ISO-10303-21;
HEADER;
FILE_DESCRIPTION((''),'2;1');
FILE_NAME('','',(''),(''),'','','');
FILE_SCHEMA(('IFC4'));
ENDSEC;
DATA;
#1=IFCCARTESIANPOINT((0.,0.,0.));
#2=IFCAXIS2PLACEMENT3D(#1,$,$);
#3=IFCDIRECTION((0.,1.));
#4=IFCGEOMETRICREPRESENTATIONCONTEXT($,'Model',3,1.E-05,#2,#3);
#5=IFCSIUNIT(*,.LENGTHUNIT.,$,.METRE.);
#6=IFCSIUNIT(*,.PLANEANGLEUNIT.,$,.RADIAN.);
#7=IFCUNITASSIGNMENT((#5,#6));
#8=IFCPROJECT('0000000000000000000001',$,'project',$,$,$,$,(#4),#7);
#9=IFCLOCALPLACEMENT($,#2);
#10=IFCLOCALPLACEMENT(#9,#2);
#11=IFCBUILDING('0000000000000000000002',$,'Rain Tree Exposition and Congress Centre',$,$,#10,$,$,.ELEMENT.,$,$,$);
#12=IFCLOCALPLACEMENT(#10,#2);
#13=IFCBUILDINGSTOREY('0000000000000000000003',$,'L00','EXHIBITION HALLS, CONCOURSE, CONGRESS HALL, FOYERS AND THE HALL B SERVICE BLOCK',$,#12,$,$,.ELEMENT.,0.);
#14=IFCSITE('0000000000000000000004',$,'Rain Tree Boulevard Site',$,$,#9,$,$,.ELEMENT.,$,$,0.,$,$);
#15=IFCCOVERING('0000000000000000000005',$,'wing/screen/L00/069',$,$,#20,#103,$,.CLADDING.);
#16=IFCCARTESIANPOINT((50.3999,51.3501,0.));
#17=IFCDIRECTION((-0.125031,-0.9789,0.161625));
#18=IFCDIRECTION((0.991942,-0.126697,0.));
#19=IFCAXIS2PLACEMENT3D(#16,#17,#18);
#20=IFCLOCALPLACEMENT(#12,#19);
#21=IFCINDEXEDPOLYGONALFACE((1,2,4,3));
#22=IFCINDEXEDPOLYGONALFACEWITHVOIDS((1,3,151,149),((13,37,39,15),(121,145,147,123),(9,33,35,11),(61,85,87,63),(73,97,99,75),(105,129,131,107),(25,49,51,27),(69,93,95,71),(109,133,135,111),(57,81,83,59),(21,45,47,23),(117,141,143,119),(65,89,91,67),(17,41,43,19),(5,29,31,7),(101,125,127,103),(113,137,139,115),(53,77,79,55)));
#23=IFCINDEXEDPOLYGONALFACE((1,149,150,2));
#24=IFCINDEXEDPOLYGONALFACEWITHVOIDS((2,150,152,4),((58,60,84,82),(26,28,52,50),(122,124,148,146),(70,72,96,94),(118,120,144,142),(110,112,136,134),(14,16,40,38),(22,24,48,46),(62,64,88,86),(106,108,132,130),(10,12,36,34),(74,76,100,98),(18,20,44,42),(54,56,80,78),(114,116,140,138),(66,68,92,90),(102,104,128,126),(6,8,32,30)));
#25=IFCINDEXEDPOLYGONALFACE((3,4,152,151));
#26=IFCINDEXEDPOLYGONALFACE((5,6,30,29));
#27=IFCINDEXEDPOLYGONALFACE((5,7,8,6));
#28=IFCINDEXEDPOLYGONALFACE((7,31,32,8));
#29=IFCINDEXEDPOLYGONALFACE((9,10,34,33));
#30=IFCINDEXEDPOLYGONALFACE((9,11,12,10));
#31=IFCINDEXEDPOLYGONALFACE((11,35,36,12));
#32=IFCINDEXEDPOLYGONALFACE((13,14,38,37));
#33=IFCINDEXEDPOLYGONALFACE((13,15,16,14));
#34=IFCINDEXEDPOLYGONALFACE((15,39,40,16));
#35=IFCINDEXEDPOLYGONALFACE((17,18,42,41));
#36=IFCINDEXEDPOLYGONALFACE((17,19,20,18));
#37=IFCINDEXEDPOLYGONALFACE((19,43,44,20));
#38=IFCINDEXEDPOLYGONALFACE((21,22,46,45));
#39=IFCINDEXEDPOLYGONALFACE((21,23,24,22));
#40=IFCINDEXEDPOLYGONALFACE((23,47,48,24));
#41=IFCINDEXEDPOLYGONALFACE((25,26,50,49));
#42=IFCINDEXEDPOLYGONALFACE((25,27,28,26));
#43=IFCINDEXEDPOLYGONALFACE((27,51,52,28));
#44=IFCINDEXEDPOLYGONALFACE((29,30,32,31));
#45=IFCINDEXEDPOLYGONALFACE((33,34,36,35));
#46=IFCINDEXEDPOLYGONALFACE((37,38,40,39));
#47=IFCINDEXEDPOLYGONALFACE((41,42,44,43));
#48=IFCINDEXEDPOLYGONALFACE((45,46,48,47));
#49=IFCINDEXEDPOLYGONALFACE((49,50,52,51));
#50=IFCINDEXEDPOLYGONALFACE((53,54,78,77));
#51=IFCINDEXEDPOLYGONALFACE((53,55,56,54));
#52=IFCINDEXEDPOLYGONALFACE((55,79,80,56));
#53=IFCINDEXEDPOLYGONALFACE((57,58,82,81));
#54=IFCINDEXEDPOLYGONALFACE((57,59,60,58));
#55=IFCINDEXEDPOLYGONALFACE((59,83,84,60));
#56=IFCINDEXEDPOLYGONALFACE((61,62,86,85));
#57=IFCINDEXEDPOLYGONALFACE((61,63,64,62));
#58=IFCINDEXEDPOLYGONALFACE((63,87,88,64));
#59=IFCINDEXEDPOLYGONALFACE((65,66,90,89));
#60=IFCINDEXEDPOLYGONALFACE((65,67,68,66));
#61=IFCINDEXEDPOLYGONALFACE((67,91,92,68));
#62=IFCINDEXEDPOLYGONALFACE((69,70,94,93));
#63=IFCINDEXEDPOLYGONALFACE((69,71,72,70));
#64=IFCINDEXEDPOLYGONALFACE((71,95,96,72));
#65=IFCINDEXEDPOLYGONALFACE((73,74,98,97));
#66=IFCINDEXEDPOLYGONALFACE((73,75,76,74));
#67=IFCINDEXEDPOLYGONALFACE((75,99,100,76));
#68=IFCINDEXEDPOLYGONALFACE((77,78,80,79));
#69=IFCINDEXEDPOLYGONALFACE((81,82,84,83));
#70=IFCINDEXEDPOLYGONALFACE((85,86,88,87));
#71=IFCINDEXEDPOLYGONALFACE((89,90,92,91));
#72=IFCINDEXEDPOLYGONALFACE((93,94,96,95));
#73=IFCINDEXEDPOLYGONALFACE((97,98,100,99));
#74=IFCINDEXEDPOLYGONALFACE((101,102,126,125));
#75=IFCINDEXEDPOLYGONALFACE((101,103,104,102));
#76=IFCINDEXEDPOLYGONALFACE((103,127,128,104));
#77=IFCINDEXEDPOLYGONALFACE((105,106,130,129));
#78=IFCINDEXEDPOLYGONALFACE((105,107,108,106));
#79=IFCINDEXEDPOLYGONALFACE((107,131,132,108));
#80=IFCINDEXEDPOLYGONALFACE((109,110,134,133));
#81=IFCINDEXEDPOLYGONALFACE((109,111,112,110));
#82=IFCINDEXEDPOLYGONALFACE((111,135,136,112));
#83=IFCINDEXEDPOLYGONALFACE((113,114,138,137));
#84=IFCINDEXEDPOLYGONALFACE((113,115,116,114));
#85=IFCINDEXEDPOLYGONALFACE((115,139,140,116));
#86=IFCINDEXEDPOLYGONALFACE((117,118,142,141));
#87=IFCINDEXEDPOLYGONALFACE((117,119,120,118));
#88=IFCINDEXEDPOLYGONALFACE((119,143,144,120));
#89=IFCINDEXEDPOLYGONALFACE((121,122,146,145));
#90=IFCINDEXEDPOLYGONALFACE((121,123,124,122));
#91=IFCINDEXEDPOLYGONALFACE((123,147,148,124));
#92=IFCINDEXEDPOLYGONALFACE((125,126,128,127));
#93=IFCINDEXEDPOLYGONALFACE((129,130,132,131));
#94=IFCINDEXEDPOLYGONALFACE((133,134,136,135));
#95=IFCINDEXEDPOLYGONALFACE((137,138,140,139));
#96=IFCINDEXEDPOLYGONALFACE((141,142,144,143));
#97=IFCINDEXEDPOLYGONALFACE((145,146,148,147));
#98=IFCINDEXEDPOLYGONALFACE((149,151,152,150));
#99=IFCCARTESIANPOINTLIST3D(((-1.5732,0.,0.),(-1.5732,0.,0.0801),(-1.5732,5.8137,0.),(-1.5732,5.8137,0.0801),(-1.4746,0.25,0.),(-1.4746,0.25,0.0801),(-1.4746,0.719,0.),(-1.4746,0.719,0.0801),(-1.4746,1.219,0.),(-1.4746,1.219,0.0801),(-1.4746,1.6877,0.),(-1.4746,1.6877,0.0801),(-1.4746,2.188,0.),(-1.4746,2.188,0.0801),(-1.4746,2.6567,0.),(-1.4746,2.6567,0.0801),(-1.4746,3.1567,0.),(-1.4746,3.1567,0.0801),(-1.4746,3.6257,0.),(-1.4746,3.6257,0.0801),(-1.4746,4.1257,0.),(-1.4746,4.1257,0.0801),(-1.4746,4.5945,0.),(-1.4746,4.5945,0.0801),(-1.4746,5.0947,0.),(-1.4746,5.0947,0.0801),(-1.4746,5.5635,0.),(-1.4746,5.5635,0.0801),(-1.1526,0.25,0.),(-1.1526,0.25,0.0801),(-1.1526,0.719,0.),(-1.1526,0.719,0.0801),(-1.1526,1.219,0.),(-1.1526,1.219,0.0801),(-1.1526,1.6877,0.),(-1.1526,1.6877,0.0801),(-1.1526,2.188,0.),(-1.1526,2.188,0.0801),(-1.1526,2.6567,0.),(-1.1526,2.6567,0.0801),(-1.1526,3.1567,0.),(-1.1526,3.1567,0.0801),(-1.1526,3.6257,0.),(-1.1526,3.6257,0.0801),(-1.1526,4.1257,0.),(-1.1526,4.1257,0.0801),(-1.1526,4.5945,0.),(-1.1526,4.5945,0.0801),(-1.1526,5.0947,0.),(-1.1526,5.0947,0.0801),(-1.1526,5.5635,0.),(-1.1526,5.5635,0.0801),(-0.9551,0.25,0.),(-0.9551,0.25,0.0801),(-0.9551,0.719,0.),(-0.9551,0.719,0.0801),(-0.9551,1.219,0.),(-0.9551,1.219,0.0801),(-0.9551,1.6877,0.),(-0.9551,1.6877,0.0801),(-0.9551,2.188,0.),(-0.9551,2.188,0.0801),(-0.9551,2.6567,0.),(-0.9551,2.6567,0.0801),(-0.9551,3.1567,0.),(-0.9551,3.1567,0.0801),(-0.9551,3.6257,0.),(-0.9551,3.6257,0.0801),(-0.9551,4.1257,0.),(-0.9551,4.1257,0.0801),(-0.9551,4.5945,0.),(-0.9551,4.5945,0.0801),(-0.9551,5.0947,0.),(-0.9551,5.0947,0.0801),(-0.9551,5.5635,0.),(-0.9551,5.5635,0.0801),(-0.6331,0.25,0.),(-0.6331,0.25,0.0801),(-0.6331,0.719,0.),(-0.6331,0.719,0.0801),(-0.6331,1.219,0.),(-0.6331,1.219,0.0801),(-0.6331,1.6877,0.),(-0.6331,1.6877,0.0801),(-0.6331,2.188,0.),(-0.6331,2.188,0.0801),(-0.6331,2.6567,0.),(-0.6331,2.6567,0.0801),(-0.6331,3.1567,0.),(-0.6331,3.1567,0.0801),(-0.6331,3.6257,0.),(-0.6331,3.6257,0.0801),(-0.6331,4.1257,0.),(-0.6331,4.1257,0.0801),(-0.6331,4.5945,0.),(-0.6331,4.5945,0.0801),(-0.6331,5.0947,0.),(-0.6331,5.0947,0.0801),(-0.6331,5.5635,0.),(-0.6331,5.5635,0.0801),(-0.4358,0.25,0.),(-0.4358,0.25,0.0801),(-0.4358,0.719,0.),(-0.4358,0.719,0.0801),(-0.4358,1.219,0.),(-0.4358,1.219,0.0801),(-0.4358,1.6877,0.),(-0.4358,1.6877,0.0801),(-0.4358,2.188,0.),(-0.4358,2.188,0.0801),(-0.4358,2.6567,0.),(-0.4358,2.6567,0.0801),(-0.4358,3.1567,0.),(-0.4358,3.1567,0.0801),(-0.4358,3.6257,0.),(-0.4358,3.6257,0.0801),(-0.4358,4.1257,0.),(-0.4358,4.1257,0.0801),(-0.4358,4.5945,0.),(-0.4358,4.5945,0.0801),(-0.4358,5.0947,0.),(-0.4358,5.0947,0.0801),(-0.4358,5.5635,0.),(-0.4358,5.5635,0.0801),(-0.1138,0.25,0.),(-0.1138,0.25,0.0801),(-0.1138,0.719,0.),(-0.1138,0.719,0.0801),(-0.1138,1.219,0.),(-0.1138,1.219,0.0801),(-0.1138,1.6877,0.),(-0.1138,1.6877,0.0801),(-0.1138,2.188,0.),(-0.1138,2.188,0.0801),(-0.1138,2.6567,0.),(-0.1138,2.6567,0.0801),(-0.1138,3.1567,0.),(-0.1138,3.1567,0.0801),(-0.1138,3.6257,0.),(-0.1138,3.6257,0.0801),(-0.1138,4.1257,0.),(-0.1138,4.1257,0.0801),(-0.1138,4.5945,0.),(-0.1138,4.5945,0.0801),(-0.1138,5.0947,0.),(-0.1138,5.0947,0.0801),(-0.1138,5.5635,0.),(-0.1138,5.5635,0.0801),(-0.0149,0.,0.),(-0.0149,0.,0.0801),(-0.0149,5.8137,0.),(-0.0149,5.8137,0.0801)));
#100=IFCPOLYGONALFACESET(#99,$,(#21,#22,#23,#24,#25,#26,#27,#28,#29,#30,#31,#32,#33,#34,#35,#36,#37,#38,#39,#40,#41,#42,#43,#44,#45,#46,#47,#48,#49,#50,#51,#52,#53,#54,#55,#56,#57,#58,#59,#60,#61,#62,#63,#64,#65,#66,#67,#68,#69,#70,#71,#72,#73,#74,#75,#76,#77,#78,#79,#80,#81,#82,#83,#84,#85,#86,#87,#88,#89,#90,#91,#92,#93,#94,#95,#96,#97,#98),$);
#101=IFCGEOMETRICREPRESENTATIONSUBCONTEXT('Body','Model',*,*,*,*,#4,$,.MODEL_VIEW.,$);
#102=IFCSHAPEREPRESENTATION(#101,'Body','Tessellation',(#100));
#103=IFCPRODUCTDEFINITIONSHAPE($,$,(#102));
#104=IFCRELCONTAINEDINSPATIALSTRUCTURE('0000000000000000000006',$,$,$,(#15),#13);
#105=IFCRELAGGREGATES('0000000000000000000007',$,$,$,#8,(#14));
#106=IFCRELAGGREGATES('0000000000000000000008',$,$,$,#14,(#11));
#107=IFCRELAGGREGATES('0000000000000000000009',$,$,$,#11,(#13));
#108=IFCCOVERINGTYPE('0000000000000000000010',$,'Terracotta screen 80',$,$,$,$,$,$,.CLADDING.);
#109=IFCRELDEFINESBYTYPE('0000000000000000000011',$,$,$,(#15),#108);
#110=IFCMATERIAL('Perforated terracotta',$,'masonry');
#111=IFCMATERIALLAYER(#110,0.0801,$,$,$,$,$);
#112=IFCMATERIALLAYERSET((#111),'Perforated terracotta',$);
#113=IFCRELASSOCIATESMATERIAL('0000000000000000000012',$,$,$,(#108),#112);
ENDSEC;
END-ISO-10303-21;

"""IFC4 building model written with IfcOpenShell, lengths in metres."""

from ifc_helpers import new_model, si_unit, direction, frame, origin, place, context, subcontext, project, spatial, polyline, outline, extrude, material, layer, layer_set, type_object, element, save


model = new_model("IFC4")

# Units and contexts
model_context = context("Model", 3, precision=1e-05, world=origin(), true_north=direction((0.0, 1.0)))
body_context = subcontext(model_context, "Body", "Model", "MODEL_VIEW")
ifc_project = project(units=[si_unit("LENGTHUNIT", "METRE"), si_unit("PLANEANGLEUNIT", "RADIAN")], contexts=[model_context])

# Site, building, storey
site_placement = place(None, origin())
site = spatial("IfcSite", under=ifc_project, at=site_placement, Name="Rain Tree Boulevard Site", CompositionType="ELEMENT", RefElevation=0.0)
building_placement = place(site_placement, origin())
building = spatial("IfcBuilding", under=site, at=building_placement, Name="Rain Tree Exposition and Congress Centre", CompositionType="ELEMENT")
storey_placement = place(building_placement, origin())
storey = spatial("IfcBuildingStorey", under=building, at=storey_placement, Name="L00", Description="EXHIBITION HALLS, CONCOURSE, CONGRESS HALL, FOYERS AND THE HALL B SERVICE BLOCK", CompositionType="ELEMENT", Elevation=0.0)

# Covering
ifc_material_1 = material(Name="Perforated terracotta", Category="masonry")
ifc_layer_1 = layer(ifc_material_1, 0.0801)
ifc_layer_set_1 = layer_set([ifc_layer_1], Name="Perforated terracotta")
covering_type = type_object("IfcCoveringType", Name="Terracotta screen 80", PredefinedType="CLADDING", material=ifc_layer_set_1)
covering_1_placement = place(storey_placement, frame((50.3999, 51.3501, 0.0), z_axis=(-0.125031, -0.9789, 0.161625), x_axis=(0.991942, -0.126697, 0.0)))
element("IfcCovering", 1, at=covering_1_placement, inside=storey, type_object=covering_type, Name="wing/screen/L00/069", PredefinedType="CLADDING", context=body_context, shape_type="SweptSolid", body=[
    extrude(outline(polyline([(-0.0149, 5.8137), (-0.0149, 0.0), (-1.5732, 0.0), (-1.5732, 5.8137), (-0.0149, 5.8137)]), holes=[polyline([(-0.1138, 0.25), (-0.1138, 0.719), (-0.4358, 0.719), (-0.4358, 0.25), (-0.1138, 0.25)]), polyline([(-0.1138, 1.219), (-0.1138, 1.6877), (-0.4358, 1.6877), (-0.4358, 1.219), (-0.1138, 1.219)]), polyline([(-0.1138, 2.188), (-0.1138, 2.6567), (-0.4358, 2.6567), (-0.4358, 2.188), (-0.1138, 2.188)]), polyline([(-0.1138, 3.1567), (-0.1138, 3.6257), (-0.4358, 3.6257), (-0.4358, 3.1567), (-0.1138, 3.1567)]), polyline([(-0.1138, 4.1257), (-0.1138, 4.5945), (-0.4358, 4.5945), (-0.4358, 4.1257), (-0.1138, 4.1257)]), polyline([(-0.1138, 5.0947), (-0.1138, 5.5635), (-0.4358, 5.5635), (-0.4358, 5.0947), (-0.1138, 5.0947)]), polyline([(-0.6331, 0.25), (-0.6331, 0.719), (-0.9551, 0.719), (-0.9551, 0.25), (-0.6331, 0.25)]), polyline([(-0.6331, 1.219), (-0.6331, 1.6877), (-0.9551, 1.6877), (-0.9551, 1.219), (-0.6331, 1.219)]), polyline([(-0.6331, 2.188), (-0.6331, 2.6567), (-0.9551, 2.6567), (-0.9551, 2.188), (-0.6331, 2.188)]), polyline([(-0.6331, 3.1567), (-0.6331, 3.6257), (-0.9551, 3.6257), (-0.9551, 3.1567), (-0.6331, 3.1567)]), polyline([(-0.6331, 4.1257), (-0.6331, 4.5945), (-0.9551, 4.5945), (-0.9551, 4.1257), (-0.6331, 4.1257)]), polyline([(-0.6331, 5.0947), (-0.6331, 5.5635), (-0.9551, 5.5635), (-0.9551, 5.0947), (-0.6331, 5.0947)]), polyline([(-1.1526, 0.25), (-1.1526, 0.719), (-1.4746, 0.719), (-1.4746, 0.25), (-1.1526, 0.25)]), polyline([(-1.1526, 1.219), (-1.1526, 1.6877), (-1.4746, 1.6877), (-1.4746, 1.219), (-1.1526, 1.219)]), polyline([(-1.1526, 2.188), (-1.1526, 2.6567), (-1.4746, 2.6567), (-1.4746, 2.188), (-1.1526, 2.188)]), polyline([(-1.1526, 3.1567), (-1.1526, 3.6257), (-1.4746, 3.6257), (-1.4746, 3.1567), (-1.1526, 3.1567)]), polyline([(-1.1526, 4.1257), (-1.1526, 4.5945), (-1.4746, 4.5945), (-1.4746, 4.1257), (-1.1526, 4.1257)]), polyline([(-1.1526, 5.0947), (-1.1526, 5.5635), (-1.4746, 5.5635), (-1.4746, 5.0947), (-1.1526, 5.0947)])]), origin(), (0.0, 0.0, 1.0), 0.0801),
])

save(model, "model.ifc")
